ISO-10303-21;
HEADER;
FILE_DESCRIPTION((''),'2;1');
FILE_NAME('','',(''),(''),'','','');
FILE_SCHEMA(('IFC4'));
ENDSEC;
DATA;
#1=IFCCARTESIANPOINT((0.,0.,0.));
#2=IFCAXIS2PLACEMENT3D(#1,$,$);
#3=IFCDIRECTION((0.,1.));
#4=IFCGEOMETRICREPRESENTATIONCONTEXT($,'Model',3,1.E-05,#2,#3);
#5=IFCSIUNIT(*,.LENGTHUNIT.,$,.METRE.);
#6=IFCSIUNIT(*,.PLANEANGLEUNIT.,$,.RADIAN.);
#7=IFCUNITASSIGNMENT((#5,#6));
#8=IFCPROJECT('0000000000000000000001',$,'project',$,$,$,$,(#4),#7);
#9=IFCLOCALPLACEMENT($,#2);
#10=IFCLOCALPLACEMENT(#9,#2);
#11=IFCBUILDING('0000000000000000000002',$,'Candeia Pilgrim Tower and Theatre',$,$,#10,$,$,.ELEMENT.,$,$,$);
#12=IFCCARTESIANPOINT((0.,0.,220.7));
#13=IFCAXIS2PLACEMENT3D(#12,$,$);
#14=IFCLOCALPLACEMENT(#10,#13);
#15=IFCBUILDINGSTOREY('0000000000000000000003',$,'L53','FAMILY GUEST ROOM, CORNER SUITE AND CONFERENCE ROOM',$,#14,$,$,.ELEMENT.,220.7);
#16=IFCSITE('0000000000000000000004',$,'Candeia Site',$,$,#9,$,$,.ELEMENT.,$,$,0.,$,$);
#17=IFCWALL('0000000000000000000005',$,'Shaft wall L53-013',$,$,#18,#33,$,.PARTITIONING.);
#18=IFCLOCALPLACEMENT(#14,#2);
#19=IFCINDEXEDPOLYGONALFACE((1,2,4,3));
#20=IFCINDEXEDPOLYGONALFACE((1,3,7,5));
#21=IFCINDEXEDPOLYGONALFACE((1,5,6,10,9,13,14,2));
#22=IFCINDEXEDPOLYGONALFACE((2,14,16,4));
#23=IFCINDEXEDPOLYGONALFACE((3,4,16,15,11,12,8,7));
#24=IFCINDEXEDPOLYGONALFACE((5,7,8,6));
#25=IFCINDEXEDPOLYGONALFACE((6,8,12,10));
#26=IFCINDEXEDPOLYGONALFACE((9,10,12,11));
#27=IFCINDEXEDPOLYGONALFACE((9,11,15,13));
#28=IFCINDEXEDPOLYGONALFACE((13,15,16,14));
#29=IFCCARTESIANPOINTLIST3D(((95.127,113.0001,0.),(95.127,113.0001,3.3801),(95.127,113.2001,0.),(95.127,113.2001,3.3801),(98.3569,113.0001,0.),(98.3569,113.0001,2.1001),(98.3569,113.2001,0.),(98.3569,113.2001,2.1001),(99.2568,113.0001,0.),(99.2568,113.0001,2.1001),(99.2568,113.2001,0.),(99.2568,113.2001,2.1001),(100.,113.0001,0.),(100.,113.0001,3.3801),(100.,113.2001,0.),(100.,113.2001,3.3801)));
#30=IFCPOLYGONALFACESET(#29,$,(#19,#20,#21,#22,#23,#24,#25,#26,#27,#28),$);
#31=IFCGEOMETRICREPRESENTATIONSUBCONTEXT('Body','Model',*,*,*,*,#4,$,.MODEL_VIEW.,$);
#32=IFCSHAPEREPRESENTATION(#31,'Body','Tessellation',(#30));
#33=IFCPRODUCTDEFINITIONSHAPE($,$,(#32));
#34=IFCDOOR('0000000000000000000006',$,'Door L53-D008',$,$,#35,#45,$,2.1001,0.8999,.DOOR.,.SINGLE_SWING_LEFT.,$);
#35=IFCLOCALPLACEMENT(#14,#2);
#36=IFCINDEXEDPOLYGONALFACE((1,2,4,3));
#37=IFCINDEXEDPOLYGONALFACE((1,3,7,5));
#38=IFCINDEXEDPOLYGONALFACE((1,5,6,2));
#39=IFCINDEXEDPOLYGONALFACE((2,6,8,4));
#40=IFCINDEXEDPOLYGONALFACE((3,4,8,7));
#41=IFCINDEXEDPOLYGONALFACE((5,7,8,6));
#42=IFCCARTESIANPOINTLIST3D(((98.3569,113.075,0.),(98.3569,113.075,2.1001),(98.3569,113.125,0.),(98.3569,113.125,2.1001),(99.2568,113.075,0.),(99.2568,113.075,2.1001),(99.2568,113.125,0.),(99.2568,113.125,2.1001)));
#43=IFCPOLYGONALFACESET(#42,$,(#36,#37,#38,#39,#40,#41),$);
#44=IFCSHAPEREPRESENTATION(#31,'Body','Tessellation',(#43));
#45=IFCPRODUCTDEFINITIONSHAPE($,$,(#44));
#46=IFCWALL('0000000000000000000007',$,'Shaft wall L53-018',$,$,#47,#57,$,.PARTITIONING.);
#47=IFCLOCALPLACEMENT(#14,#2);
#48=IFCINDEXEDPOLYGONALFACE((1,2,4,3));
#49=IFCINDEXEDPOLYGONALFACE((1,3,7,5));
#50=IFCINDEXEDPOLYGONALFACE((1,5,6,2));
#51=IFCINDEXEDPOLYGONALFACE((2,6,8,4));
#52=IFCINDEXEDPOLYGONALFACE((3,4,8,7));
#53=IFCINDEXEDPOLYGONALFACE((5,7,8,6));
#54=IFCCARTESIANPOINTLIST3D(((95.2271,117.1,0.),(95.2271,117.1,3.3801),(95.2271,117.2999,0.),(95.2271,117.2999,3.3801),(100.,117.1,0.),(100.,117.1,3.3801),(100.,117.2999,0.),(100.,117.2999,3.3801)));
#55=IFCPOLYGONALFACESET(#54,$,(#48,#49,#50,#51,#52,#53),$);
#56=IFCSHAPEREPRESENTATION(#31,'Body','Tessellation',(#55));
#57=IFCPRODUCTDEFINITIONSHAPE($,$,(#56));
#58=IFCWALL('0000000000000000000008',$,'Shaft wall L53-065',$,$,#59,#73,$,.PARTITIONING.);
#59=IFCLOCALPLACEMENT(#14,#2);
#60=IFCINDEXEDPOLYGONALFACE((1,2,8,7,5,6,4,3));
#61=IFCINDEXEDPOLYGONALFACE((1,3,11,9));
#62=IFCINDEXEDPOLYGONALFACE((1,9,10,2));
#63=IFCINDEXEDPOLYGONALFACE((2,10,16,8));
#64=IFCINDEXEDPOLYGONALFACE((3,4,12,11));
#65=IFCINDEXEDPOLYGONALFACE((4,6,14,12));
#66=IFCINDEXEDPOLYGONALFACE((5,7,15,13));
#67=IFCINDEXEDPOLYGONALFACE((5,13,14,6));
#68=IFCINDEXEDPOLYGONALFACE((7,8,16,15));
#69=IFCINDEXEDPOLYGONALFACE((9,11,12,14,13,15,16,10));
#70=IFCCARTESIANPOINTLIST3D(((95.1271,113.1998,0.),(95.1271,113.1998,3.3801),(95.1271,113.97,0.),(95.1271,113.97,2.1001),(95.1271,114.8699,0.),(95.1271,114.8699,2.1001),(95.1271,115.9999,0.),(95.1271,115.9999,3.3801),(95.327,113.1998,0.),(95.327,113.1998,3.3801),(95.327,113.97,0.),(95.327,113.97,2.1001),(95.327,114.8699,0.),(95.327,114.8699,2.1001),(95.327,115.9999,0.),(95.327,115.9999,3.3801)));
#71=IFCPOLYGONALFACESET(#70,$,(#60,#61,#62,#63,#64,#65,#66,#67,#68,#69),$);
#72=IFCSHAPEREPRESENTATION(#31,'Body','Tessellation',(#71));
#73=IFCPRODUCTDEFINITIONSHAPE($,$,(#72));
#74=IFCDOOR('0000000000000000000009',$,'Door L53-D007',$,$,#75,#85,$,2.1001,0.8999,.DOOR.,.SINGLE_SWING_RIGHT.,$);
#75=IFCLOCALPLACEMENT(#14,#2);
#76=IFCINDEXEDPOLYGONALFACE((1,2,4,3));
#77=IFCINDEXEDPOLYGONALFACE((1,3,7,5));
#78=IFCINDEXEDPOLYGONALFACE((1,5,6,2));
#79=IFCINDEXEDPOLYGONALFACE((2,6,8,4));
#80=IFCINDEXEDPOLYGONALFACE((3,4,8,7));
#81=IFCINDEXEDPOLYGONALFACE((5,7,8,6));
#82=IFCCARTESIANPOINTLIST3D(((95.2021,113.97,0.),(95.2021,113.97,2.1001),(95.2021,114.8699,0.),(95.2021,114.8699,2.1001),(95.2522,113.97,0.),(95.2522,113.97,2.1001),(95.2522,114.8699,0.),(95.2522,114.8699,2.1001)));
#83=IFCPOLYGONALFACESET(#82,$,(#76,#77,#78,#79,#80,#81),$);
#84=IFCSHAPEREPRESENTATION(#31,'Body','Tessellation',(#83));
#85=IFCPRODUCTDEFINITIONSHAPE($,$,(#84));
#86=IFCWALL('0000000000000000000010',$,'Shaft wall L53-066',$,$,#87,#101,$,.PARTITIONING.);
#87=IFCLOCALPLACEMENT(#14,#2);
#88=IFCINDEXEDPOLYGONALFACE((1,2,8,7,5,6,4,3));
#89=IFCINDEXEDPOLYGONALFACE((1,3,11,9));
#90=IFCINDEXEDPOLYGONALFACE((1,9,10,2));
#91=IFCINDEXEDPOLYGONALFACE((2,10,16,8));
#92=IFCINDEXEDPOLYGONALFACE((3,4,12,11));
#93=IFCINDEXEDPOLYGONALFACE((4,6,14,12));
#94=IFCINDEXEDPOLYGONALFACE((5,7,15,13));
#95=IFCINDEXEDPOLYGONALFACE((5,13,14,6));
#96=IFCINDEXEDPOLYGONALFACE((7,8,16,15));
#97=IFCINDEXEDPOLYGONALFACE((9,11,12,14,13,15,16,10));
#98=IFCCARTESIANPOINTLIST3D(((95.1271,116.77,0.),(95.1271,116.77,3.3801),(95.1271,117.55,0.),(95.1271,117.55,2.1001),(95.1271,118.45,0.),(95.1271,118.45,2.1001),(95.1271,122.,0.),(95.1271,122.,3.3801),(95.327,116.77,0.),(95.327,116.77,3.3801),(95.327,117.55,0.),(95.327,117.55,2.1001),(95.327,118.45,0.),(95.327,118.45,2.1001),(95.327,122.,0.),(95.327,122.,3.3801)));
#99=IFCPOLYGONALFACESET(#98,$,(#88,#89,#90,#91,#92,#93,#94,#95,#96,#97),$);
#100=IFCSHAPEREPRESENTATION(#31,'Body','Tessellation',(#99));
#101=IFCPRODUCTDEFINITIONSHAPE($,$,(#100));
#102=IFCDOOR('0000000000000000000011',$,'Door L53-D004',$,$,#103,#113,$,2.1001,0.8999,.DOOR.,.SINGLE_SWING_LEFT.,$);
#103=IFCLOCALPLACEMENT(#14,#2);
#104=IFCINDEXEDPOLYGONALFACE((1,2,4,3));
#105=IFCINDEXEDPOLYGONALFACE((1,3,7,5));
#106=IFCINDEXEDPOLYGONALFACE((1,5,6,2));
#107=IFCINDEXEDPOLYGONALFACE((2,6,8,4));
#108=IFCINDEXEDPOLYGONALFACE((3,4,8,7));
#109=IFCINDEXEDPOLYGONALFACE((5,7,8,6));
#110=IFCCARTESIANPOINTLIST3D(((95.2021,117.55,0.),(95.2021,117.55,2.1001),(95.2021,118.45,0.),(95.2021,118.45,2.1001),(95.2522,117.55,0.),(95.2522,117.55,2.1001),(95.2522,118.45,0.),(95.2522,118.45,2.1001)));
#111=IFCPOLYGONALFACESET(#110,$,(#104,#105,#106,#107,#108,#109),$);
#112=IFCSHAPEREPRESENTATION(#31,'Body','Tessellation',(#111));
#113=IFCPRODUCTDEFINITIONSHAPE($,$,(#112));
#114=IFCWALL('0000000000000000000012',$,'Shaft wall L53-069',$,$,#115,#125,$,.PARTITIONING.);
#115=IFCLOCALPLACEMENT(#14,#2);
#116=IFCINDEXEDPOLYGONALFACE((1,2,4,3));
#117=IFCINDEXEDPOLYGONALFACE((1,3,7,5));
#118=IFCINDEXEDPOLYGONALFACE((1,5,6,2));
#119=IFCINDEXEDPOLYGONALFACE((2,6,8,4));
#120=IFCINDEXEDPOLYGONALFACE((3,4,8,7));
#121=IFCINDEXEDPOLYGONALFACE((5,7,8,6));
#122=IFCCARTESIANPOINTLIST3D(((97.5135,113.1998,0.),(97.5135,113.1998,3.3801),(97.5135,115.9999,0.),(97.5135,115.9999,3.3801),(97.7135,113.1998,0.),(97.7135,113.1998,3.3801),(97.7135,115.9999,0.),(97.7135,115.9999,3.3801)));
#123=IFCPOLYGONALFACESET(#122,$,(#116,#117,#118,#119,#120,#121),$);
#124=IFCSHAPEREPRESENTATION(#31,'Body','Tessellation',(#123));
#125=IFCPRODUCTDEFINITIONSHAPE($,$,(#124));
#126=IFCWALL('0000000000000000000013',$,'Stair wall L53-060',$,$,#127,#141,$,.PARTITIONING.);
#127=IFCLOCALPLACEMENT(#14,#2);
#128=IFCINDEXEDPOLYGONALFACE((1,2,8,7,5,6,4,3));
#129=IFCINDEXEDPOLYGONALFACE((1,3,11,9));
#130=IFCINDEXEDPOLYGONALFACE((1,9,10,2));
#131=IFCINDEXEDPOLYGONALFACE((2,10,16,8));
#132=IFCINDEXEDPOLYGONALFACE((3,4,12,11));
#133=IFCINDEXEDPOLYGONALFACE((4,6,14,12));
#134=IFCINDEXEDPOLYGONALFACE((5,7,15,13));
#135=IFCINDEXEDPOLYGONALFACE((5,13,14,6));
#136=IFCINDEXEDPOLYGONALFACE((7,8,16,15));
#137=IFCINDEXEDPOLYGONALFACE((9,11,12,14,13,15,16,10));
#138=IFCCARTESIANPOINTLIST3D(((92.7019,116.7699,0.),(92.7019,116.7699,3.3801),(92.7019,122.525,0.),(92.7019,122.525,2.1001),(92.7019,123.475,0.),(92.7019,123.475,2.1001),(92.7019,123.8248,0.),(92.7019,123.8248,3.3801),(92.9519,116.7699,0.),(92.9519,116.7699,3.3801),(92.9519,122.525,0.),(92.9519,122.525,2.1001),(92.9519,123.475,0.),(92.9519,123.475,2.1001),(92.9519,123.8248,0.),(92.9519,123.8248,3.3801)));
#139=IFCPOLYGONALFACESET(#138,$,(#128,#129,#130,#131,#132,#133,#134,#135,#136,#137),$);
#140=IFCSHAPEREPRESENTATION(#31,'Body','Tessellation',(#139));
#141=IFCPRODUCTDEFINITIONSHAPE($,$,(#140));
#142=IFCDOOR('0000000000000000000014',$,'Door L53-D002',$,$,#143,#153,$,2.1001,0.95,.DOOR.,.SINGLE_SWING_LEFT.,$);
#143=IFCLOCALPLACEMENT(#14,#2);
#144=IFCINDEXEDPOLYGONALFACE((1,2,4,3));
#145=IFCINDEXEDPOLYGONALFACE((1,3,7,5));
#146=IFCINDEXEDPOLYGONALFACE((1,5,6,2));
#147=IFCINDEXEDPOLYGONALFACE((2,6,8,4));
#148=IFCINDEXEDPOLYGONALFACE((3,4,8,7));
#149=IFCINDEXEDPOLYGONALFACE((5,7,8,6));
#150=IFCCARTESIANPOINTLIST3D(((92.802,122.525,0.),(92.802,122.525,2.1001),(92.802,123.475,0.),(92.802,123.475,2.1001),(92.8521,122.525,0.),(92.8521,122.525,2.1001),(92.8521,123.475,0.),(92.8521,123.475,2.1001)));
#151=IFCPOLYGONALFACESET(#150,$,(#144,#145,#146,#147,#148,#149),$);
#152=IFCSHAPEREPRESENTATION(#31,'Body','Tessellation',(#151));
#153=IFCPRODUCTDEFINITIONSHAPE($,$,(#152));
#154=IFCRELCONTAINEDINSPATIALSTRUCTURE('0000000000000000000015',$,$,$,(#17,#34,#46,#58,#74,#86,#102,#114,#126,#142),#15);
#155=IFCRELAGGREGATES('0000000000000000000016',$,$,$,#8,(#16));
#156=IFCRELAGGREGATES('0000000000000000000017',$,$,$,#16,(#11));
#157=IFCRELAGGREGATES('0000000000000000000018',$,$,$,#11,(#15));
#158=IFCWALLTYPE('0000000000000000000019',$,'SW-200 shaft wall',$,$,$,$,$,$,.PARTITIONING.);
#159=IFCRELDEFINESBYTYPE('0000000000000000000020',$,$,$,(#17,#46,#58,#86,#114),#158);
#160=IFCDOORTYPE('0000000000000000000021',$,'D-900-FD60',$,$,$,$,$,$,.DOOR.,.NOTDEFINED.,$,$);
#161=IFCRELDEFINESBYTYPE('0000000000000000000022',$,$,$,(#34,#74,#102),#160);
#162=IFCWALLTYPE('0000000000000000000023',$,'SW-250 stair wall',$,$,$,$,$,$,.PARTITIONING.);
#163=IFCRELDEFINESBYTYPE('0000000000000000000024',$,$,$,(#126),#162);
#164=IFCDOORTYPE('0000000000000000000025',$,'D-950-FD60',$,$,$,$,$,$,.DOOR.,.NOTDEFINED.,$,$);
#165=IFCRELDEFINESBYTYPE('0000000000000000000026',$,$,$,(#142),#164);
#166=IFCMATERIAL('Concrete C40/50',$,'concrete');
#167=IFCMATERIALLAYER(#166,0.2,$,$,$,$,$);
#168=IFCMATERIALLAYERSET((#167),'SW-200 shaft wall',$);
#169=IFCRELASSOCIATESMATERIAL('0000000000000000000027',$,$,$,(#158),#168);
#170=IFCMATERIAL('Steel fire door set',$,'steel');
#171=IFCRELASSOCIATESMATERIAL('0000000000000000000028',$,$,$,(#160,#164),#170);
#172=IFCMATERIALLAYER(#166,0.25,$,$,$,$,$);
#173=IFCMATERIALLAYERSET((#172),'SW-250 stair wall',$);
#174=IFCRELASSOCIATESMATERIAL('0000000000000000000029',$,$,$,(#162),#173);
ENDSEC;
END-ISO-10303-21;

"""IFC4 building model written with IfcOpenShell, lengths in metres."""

from ifc_helpers import new_model, si_unit, direction, frame, frame_2d, origin, place, context, subcontext, project, spatial, rectangle, extrude, material, layer, layer_set, type_object, element, fill, save


model = new_model("IFC4")

# Units and contexts
model_context = context("Model", 3, precision=1e-05, world=origin(), true_north=direction((0.0, 1.0)))
body_context = subcontext(model_context, "Body", "Model", "MODEL_VIEW")
ifc_project = project(units=[si_unit("LENGTHUNIT", "METRE"), si_unit("PLANEANGLEUNIT", "RADIAN")], contexts=[model_context])

# Site, building, storey
site_placement = place(None, origin())
site = spatial("IfcSite", under=ifc_project, at=site_placement, Name="Candeia Site", CompositionType="ELEMENT", RefElevation=0.0)
building_placement = place(site_placement, origin())
building = spatial("IfcBuilding", under=site, at=building_placement, Name="Candeia Pilgrim Tower and Theatre", CompositionType="ELEMENT")
storey_placement = place(building_placement, frame((0.0, 0.0, 220.7)))
storey = spatial("IfcBuildingStorey", under=building, at=storey_placement, Name="L53", Description="FAMILY GUEST ROOM, CORNER SUITE AND CONFERENCE ROOM", CompositionType="ELEMENT", Elevation=220.7)

# Shared definitions
ifc_material_1 = material(Name="Steel fire door set", Category="steel")

# Wall, opening, door
ifc_material_2 = material(Name="Concrete C40/50", Category="concrete")
ifc_layer_1 = layer(ifc_material_2, 0.2)
ifc_layer_set_1 = layer_set([ifc_layer_1], Name="SW-200 shaft wall")
wall_type_1 = type_object("IfcWallType", Name="SW-200 shaft wall", PredefinedType="PARTITIONING", material=ifc_layer_set_1)
wall_1_placement = place(storey_placement, frame((95.127, 113.1001, 0.0), z_axis=(0.0, 0.0, 1.0), x_axis=(1.0, 0.0, 0.0)))
wall_1 = element("IfcWall", 1, at=wall_1_placement, inside=storey, type_object=wall_type_1, Name="Shaft wall L53-013", PredefinedType="PARTITIONING", context=body_context, shape_type="SweptSolid", body=[
    extrude(rectangle(XDim=4.873, YDim=0.2, at=frame_2d((2.4365, 0.0))), origin(), (0.0, 0.0, 1.0), 3.3801),
])
opening_1_placement = place(wall_1_placement, frame((3.23, 0.0, 0.0)))
opening_1 = element("IfcOpeningElement", 2, at=opening_1_placement, cuts=wall_1, PredefinedType="OPENING", context=body_context, shape_type="SweptSolid", body=[
    extrude(rectangle(XDim=0.8999, YDim=2.1001, at=frame_2d((0.45, 1.05))), frame((0.0, 0.1099, 0.0), z_axis=(0.0, -1.0, 0.0), x_axis=(1.0, 0.0, 0.0)), (0.0, 0.0, 1.0), 0.22),
])
door_type_1 = type_object("IfcDoorType", Name="D-900-FD60", OperationType="NOTDEFINED", PredefinedType="DOOR", material=ifc_material_1)
door_1_placement = place(opening_1_placement, origin())
door_1 = element("IfcDoor", 3, at=door_1_placement, inside=storey, type_object=door_type_1, Name="Door L53-D008", OperationType="SINGLE_SWING_LEFT", OverallHeight=2.1001, OverallWidth=0.8999, PredefinedType="DOOR", context=body_context, shape_type="SweptSolid", body=[
    extrude(rectangle(XDim=0.8999, YDim=2.1001, at=frame_2d((0.45, 1.05))), frame((0.0, 0.0249, 0.0), z_axis=(0.0, -1.0, 0.0), x_axis=(1.0, 0.0, 0.0)), (0.0, 0.0, 1.0), 0.05),
])
fill(opening_1, door_1)

# Wall
wall_2_placement = place(storey_placement, frame((95.2271, 117.2, 0.0), z_axis=(0.0, 0.0, 1.0), x_axis=(1.0, 0.0, 0.0)))
element("IfcWall", 4, at=wall_2_placement, inside=storey, type_object=wall_type_1, Name="Shaft wall L53-018", PredefinedType="PARTITIONING", context=body_context, shape_type="SweptSolid", body=[
    extrude(rectangle(XDim=4.7729, YDim=0.2, at=frame_2d((2.3865, 0.0))), origin(), (0.0, 0.0, 1.0), 3.3801),
])

# Walls, openings, doors
wall_3_placement = place(storey_placement, frame((95.2271, 113.2, 0.0), z_axis=(0.0, 0.0, 1.0), x_axis=(0.0, 1.0, 0.0)))
wall_3 = element("IfcWall", 5, at=wall_3_placement, inside=storey, type_object=wall_type_1, Name="Shaft wall L53-065", PredefinedType="PARTITIONING", context=body_context, shape_type="SweptSolid", body=[
    extrude(rectangle(XDim=2.8, YDim=0.2, at=frame_2d((1.3999, 0.0))), origin(), (0.0, 0.0, 1.0), 3.3801),
])
opening_2_placement = place(wall_3_placement, frame((0.77, 0.0, 0.0)))
opening_2 = element("IfcOpeningElement", 6, at=opening_2_placement, cuts=wall_3, PredefinedType="OPENING", context=body_context, shape_type="SweptSolid", body=[
    extrude(rectangle(XDim=0.8999, YDim=2.1001, at=frame_2d((0.45, 1.05))), frame((0.0, 0.1099, 0.0), z_axis=(0.0, -1.0, 0.0), x_axis=(1.0, 0.0, 0.0)), (0.0, 0.0, 1.0), 0.22),
])
door_2_placement = place(opening_2_placement, origin())
door_2 = element("IfcDoor", 7, at=door_2_placement, inside=storey, type_object=door_type_1, Name="Door L53-D007", OperationType="SINGLE_SWING_RIGHT", OverallHeight=2.1001, OverallWidth=0.8999, PredefinedType="DOOR", context=body_context, shape_type="SweptSolid", body=[
    extrude(rectangle(XDim=0.8999, YDim=2.1001, at=frame_2d((0.45, 1.05))), frame((0.0, 0.0249, 0.0), z_axis=(0.0, -1.0, 0.0), x_axis=(1.0, 0.0, 0.0)), (0.0, 0.0, 1.0), 0.05),
])
fill(opening_2, door_2)
wall_4_placement = place(storey_placement, frame((95.2271, 116.77, 0.0), z_axis=(0.0, 0.0, 1.0), x_axis=(0.0, 1.0, 0.0)))
wall_4 = element("IfcWall", 8, at=wall_4_placement, inside=storey, type_object=wall_type_1, Name="Shaft wall L53-066", PredefinedType="PARTITIONING", context=body_context, shape_type="SweptSolid", body=[
    extrude(rectangle(XDim=5.23, YDim=0.2, at=frame_2d((2.615, 0.0))), origin(), (0.0, 0.0, 1.0), 3.3801),
])
opening_3_placement = place(wall_4_placement, frame((0.78, 0.0, 0.0)))
opening_3 = element("IfcOpeningElement", 9, at=opening_3_placement, cuts=wall_4, PredefinedType="OPENING", context=body_context, shape_type="SweptSolid", body=[
    extrude(rectangle(XDim=0.8999, YDim=2.1001, at=frame_2d((0.45, 1.05))), frame((0.0, 0.1099, 0.0), z_axis=(0.0, -1.0, 0.0), x_axis=(1.0, 0.0, 0.0)), (0.0, 0.0, 1.0), 0.22),
])
door_3_placement = place(opening_3_placement, origin())
door_3 = element("IfcDoor", 10, at=door_3_placement, inside=storey, type_object=door_type_1, Name="Door L53-D004", OperationType="SINGLE_SWING_LEFT", OverallHeight=2.1001, OverallWidth=0.8999, PredefinedType="DOOR", context=body_context, shape_type="SweptSolid", body=[
    extrude(rectangle(XDim=0.8999, YDim=2.1001, at=frame_2d((0.45, 1.05))), frame((0.0, 0.0249, 0.0), z_axis=(0.0, -1.0, 0.0), x_axis=(1.0, 0.0, 0.0)), (0.0, 0.0, 1.0), 0.05),
])
fill(opening_3, door_3)

# Wall
wall_5_placement = place(storey_placement, frame((97.6135, 113.2, 0.0), z_axis=(0.0, 0.0, 1.0), x_axis=(0.0, 1.0, 0.0)))
element("IfcWall", 11, at=wall_5_placement, inside=storey, type_object=wall_type_1, Name="Shaft wall L53-069", PredefinedType="PARTITIONING", context=body_context, shape_type="SweptSolid", body=[
    extrude(rectangle(XDim=2.8, YDim=0.2, at=frame_2d((1.3999, 0.0))), origin(), (0.0, 0.0, 1.0), 3.3801),
])

# Wall, opening, door
ifc_layer_2 = layer(ifc_material_2, 0.25)
ifc_layer_set_2 = layer_set([ifc_layer_2], Name="SW-250 stair wall")
wall_type_2 = type_object("IfcWallType", Name="SW-250 stair wall", PredefinedType="PARTITIONING", material=ifc_layer_set_2)
wall_6_placement = place(storey_placement, frame((92.8269, 116.77, 0.0), z_axis=(0.0, 0.0, 1.0), x_axis=(0.0, 1.0, 0.0)))
wall_6 = element("IfcWall", 12, at=wall_6_placement, inside=storey, type_object=wall_type_2, Name="Stair wall L53-060", PredefinedType="PARTITIONING", context=body_context, shape_type="SweptSolid", body=[
    extrude(rectangle(XDim=7.0549, YDim=0.25, at=frame_2d((3.5273, 0.0))), origin(), (0.0, 0.0, 1.0), 3.3801),
])
opening_4_placement = place(wall_6_placement, frame((5.7549, 0.0, 0.0)))
opening_4 = element("IfcOpeningElement", 13, at=opening_4_placement, cuts=wall_6, PredefinedType="OPENING", context=body_context, shape_type="SweptSolid", body=[
    extrude(rectangle(XDim=0.95, YDim=2.1001, at=frame_2d((0.4751, 1.05))), frame((0.0, 0.135, 0.0), z_axis=(0.0, -1.0, 0.0), x_axis=(1.0, 0.0, 0.0)), (0.0, 0.0, 1.0), 0.27),
])
door_type_2 = type_object("IfcDoorType", Name="D-950-FD60", OperationType="NOTDEFINED", PredefinedType="DOOR", material=ifc_material_1)
door_4_placement = place(opening_4_placement, origin())
door_4 = element("IfcDoor", 14, at=door_4_placement, inside=storey, type_object=door_type_2, Name="Door L53-D002", OperationType="SINGLE_SWING_LEFT", OverallHeight=2.1001, OverallWidth=0.95, PredefinedType="DOOR", context=body_context, shape_type="SweptSolid", body=[
    extrude(rectangle(XDim=0.95, YDim=2.1001, at=frame_2d((0.4751, 1.05))), frame((0.0, 0.0249, 0.0), z_axis=(0.0, -1.0, 0.0), x_axis=(1.0, 0.0, 0.0)), (0.0, 0.0, 1.0), 0.05),
])
fill(opening_4, door_4)

save(model, "model.ifc")
